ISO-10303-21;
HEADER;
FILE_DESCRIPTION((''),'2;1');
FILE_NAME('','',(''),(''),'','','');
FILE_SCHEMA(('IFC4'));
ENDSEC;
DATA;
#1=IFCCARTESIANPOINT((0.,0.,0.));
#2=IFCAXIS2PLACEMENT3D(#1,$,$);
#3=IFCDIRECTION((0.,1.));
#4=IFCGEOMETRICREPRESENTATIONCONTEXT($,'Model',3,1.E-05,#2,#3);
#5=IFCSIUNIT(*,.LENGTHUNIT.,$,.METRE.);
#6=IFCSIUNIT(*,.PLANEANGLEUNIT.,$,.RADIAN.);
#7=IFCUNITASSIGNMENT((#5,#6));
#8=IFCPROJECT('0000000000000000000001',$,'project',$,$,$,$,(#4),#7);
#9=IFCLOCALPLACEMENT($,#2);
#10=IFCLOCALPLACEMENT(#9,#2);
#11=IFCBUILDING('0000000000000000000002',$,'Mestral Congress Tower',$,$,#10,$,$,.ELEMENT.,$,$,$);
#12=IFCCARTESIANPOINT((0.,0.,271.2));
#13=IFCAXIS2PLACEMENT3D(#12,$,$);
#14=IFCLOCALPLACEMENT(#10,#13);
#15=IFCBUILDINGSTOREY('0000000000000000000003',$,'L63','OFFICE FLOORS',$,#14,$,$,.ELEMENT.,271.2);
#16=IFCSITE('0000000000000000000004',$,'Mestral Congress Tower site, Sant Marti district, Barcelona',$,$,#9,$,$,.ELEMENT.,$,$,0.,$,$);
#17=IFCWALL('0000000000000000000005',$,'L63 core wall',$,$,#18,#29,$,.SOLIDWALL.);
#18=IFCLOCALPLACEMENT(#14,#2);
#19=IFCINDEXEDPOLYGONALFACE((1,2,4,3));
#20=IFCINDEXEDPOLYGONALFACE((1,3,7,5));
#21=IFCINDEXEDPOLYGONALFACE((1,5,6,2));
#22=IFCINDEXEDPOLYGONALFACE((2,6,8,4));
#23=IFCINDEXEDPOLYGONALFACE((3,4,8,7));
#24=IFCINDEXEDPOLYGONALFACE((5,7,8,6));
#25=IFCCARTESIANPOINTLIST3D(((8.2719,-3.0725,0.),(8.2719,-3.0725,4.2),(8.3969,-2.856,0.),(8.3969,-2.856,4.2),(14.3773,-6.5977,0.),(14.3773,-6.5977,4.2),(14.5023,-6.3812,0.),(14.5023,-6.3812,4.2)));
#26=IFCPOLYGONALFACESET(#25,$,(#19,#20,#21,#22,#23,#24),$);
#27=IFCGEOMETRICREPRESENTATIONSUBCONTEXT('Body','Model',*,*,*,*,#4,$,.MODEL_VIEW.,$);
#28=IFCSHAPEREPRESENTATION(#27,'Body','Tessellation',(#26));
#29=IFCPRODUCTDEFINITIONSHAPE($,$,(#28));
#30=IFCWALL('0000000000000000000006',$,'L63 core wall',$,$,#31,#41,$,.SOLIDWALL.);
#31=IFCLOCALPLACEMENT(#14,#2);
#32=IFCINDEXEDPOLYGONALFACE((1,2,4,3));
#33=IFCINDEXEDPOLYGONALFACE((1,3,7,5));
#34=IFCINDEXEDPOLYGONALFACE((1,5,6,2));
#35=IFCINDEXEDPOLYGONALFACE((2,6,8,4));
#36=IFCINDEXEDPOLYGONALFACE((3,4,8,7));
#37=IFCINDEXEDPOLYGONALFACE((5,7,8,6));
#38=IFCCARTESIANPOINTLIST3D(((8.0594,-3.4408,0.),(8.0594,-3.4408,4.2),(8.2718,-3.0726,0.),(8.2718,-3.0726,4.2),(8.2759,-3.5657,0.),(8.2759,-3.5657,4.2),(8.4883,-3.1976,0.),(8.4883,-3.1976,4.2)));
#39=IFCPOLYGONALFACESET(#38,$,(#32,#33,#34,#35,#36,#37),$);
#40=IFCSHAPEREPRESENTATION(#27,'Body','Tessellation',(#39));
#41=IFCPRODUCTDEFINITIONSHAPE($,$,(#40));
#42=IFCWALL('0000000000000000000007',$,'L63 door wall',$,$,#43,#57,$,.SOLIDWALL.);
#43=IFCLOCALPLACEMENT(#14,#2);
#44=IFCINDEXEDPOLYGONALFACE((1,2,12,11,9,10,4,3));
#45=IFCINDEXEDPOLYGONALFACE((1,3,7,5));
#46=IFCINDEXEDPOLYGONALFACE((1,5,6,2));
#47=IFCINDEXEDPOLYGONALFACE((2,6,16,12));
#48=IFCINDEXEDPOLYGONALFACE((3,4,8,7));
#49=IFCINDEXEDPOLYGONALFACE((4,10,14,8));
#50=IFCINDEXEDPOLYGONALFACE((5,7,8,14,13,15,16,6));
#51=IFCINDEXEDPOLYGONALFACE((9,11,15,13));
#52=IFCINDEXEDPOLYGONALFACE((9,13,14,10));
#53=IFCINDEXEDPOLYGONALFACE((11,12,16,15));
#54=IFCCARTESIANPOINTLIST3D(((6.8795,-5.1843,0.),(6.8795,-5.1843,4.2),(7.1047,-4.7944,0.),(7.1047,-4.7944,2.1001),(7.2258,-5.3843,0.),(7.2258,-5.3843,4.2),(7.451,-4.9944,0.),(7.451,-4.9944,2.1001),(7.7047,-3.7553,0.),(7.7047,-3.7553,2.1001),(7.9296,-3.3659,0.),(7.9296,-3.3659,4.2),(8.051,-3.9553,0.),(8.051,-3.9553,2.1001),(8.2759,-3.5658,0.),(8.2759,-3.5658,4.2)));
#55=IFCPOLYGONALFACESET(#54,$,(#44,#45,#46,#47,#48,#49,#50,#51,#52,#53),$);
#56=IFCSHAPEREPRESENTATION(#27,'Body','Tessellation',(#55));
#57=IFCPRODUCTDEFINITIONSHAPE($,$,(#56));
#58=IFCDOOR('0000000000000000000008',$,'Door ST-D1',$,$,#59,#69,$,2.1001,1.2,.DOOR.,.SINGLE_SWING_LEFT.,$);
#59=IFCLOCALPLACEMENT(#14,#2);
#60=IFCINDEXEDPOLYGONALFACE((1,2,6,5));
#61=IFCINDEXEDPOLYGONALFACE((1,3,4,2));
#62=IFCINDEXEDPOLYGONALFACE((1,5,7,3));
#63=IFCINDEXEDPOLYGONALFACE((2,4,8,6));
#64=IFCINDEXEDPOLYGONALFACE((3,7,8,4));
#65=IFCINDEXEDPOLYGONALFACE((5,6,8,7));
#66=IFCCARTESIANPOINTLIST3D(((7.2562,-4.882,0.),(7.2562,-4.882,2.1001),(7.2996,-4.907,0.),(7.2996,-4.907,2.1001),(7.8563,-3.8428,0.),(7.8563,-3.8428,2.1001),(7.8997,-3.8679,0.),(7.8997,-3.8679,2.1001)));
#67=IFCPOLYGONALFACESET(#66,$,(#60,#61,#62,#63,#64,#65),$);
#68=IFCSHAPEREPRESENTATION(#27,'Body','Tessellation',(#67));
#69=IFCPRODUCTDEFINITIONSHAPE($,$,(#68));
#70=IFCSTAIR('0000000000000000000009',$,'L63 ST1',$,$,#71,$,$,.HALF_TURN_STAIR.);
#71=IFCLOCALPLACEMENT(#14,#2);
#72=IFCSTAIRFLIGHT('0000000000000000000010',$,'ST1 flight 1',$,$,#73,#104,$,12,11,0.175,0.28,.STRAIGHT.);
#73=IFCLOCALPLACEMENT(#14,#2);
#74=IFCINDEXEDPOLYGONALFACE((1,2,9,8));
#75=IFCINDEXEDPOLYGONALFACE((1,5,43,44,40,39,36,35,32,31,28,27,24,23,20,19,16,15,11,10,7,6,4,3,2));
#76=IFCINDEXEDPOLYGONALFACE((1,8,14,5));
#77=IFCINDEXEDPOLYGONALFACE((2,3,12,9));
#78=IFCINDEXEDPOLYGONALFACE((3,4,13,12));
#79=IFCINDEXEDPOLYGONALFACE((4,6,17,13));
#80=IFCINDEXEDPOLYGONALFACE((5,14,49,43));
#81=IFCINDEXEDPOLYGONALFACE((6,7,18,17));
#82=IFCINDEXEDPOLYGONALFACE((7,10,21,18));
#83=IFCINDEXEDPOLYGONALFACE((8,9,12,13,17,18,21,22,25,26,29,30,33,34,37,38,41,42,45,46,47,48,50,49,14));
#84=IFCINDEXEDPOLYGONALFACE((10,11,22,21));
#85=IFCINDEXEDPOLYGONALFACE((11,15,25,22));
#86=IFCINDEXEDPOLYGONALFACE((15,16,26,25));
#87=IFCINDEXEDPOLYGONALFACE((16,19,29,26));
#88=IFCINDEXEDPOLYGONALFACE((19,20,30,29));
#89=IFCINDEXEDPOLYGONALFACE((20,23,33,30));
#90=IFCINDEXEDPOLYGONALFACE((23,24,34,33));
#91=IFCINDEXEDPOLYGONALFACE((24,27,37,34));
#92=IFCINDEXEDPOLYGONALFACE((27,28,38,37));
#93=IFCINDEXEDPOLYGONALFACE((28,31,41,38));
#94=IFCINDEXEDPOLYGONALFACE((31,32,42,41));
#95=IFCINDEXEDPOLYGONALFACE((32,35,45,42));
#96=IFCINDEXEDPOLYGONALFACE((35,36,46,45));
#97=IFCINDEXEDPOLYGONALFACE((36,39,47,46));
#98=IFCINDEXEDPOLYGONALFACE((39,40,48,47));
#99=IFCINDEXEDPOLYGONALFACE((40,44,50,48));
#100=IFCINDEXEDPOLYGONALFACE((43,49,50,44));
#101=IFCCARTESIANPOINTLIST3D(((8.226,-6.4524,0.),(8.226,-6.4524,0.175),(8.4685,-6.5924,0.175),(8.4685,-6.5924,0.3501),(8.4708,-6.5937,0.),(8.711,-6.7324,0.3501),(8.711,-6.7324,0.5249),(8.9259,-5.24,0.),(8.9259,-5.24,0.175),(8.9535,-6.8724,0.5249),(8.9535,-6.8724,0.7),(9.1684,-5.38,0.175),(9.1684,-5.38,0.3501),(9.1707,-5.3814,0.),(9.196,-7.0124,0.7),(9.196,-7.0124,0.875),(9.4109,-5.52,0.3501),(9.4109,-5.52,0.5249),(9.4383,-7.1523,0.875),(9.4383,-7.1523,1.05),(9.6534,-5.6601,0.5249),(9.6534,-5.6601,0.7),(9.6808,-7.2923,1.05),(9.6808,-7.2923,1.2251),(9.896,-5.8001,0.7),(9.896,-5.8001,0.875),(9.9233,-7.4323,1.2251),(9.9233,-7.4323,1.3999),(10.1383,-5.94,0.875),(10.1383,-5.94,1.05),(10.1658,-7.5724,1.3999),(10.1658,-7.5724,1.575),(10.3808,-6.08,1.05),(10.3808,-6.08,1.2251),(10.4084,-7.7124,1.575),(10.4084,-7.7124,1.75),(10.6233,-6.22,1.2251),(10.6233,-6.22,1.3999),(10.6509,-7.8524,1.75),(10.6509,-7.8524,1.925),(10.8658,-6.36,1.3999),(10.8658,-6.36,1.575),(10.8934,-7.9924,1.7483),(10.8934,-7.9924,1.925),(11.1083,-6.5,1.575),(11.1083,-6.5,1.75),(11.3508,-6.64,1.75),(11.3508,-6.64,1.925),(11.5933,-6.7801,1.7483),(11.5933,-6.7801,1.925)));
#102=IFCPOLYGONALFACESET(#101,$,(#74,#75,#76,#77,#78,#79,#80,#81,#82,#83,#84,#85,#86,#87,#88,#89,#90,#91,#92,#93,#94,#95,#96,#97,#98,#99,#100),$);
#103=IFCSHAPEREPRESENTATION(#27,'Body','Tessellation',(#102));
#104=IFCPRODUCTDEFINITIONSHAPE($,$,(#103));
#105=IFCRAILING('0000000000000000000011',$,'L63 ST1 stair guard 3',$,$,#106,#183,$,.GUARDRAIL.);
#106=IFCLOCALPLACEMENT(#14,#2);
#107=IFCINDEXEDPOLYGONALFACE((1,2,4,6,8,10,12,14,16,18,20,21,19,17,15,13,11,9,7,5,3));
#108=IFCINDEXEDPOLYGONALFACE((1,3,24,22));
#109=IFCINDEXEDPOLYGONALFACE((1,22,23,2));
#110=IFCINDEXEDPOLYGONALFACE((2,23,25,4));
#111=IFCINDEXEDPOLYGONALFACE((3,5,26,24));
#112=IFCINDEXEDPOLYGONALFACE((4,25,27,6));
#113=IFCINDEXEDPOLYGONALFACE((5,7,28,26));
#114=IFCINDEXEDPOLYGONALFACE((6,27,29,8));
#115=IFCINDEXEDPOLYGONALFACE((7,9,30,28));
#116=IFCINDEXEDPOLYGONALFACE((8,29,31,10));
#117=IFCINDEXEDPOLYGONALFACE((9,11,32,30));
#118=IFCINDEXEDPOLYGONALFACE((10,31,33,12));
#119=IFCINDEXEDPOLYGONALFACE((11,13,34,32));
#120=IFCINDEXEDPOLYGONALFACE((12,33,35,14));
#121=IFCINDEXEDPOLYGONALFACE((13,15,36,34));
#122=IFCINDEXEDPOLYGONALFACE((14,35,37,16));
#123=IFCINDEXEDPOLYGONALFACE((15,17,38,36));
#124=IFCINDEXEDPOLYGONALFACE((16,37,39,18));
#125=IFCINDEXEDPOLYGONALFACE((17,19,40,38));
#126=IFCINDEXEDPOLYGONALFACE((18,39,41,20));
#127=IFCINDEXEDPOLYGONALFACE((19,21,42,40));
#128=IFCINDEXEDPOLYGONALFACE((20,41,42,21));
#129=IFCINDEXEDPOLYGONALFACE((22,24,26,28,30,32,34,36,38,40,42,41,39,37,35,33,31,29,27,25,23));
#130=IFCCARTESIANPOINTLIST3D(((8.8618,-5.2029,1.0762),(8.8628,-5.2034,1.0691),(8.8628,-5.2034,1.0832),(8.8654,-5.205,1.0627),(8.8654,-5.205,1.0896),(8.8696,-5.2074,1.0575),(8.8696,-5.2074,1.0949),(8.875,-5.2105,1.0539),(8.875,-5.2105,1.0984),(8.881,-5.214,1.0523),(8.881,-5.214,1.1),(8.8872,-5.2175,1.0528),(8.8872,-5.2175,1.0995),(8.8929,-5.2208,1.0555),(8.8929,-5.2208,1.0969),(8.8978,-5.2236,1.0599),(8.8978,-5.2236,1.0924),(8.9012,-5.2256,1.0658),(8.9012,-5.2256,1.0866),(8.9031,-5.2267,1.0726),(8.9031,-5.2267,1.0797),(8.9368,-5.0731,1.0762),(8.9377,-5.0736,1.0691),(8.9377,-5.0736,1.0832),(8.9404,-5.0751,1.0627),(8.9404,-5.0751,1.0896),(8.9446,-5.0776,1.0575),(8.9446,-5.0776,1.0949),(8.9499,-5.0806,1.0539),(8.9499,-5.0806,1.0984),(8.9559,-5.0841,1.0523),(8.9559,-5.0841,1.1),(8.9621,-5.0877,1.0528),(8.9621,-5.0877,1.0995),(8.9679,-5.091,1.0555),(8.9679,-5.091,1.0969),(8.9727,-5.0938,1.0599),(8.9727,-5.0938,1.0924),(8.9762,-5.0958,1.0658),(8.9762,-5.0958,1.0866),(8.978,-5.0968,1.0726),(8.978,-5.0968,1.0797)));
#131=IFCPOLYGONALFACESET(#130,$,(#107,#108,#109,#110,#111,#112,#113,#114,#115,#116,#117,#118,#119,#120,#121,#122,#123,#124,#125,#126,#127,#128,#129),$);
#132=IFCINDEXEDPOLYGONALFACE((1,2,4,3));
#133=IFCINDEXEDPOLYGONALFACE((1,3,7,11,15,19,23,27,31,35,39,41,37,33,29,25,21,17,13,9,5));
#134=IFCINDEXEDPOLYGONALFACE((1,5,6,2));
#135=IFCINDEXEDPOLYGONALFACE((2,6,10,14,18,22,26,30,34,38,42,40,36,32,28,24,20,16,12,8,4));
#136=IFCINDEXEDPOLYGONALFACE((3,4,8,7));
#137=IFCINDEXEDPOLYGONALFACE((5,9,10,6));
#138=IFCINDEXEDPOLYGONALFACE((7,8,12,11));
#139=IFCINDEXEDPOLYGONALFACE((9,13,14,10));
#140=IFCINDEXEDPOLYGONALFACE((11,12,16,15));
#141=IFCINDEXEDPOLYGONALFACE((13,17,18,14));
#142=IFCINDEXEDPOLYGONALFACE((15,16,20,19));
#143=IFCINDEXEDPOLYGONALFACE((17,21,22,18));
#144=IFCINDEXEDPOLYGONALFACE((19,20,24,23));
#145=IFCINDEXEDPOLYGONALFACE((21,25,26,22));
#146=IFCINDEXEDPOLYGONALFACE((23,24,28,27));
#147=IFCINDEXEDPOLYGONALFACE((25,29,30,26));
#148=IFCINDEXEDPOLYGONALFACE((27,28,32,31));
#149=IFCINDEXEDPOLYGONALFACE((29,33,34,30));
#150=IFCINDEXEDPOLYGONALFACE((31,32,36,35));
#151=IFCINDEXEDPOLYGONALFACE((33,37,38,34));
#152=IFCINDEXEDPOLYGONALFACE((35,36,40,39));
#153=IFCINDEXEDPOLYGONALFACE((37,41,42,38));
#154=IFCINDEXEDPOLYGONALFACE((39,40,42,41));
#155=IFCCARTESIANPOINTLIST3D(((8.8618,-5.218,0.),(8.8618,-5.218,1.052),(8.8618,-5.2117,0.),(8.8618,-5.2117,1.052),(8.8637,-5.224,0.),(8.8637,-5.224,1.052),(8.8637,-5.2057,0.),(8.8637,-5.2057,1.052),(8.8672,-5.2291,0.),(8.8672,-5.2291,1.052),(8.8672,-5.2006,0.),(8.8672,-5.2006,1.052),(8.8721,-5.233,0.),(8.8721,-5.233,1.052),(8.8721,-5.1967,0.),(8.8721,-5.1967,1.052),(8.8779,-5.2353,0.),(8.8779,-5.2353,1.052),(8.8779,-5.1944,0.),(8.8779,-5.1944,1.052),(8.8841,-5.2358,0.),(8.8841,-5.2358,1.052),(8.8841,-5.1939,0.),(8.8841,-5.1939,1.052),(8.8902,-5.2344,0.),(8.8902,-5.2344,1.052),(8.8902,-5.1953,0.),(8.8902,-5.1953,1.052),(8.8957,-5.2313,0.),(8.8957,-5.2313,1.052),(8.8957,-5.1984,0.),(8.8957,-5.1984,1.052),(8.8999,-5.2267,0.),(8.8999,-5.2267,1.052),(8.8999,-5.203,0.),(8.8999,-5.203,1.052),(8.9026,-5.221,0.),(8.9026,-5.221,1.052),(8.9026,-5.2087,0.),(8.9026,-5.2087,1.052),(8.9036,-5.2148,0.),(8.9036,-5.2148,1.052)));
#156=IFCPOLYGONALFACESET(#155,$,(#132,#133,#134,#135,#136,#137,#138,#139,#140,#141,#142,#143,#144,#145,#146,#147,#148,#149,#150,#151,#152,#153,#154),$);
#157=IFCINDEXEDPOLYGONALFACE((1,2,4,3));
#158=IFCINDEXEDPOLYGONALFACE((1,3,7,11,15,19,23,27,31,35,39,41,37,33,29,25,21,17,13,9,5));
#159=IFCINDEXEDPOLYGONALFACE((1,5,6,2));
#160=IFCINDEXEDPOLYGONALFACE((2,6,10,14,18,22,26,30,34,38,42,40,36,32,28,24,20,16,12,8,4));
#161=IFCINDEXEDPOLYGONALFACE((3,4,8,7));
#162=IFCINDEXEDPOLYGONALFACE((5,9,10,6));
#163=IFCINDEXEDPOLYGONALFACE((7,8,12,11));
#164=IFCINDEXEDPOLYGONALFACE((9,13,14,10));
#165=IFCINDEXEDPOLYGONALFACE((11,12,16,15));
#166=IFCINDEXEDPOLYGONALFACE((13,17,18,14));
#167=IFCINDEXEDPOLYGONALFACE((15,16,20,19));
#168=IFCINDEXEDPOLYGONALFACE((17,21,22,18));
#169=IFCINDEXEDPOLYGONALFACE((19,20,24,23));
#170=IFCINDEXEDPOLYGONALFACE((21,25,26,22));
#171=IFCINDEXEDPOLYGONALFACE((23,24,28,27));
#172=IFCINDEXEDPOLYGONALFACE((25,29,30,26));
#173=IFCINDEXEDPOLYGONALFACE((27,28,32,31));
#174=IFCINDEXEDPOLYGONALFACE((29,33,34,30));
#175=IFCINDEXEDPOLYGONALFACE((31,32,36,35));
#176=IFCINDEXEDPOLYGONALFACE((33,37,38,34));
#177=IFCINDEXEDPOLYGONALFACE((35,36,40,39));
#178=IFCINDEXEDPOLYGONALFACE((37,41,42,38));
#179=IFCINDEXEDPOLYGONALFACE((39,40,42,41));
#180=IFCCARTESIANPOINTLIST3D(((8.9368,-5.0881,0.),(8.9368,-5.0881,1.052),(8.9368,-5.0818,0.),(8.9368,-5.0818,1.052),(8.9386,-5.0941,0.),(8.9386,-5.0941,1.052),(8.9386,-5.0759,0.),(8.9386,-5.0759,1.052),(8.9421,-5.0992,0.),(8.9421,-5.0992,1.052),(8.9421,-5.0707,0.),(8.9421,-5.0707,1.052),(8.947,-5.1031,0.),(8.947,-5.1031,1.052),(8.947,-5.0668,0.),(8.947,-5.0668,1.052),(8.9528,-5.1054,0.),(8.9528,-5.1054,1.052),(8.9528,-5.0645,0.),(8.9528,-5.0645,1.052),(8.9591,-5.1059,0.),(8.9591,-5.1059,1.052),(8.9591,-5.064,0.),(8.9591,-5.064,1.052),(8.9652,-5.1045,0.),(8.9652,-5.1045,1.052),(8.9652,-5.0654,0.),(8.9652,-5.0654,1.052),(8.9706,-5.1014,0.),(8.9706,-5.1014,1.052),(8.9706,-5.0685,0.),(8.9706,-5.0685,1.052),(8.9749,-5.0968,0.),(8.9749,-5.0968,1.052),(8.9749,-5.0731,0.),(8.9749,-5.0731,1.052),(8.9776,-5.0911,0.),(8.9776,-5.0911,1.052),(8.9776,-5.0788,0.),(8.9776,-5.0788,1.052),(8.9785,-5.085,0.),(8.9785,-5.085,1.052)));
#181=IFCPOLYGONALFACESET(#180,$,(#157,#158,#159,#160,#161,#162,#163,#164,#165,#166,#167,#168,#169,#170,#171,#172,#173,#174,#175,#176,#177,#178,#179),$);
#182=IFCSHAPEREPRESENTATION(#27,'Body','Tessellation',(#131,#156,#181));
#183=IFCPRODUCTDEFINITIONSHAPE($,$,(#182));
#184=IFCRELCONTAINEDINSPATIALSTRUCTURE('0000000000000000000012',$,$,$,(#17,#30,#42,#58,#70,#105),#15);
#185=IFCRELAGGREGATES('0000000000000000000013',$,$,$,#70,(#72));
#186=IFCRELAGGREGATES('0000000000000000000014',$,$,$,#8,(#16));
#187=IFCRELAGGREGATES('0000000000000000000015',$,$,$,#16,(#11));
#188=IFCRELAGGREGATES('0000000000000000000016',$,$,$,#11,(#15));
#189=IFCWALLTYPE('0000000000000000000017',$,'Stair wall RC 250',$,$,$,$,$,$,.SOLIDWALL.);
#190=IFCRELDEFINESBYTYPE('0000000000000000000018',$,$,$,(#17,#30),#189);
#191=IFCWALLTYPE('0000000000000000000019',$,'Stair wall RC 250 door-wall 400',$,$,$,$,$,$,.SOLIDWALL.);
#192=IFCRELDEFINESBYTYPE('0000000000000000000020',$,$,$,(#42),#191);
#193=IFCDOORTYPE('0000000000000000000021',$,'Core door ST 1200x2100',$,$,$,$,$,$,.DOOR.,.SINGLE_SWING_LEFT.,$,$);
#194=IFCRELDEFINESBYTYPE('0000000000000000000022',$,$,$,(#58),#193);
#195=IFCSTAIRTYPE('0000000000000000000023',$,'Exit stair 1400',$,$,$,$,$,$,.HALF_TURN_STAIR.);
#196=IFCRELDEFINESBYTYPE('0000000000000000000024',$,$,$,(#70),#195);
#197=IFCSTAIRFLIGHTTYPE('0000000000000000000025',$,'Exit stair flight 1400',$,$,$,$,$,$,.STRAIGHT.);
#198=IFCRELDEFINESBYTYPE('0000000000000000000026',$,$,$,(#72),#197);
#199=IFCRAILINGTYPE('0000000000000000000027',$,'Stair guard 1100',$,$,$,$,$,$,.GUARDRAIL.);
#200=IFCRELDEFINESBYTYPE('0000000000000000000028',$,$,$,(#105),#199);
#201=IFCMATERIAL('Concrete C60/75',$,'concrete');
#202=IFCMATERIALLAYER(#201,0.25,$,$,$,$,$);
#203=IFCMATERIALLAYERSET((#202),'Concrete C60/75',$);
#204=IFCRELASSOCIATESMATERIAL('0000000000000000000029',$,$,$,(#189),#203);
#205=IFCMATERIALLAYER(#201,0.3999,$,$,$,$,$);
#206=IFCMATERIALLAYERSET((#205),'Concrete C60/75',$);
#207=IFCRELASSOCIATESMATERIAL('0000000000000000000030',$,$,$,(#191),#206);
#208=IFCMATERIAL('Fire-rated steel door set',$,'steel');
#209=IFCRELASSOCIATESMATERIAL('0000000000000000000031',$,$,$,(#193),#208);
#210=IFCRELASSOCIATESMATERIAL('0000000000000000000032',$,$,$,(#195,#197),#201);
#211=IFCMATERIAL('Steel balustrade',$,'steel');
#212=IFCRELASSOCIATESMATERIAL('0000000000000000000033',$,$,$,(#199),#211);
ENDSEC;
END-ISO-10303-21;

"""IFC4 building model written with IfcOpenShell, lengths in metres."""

from ifc_helpers import new_model, si_unit, direction, frame, frame_2d, origin, origin_2d, place, context, subcontext, project, spatial, polyline, rectangle, circle, outline, extrude, material, layer, layer_set, type_object, element, fill, aggregate, save


model = new_model("IFC4")

# Units and contexts
model_context = context("Model", 3, precision=1e-05, world=origin(), true_north=direction((0.0, 1.0)))
body_context = subcontext(model_context, "Body", "Model", "MODEL_VIEW")
ifc_project = project(units=[si_unit("LENGTHUNIT", "METRE"), si_unit("PLANEANGLEUNIT", "RADIAN")], contexts=[model_context])

# Site, building, storey
site_placement = place(None, origin())
site = spatial("IfcSite", under=ifc_project, at=site_placement, Name="Mestral Congress Tower site, Sant Marti district, Barcelona", CompositionType="ELEMENT", RefElevation=0.0)
building_placement = place(site_placement, origin())
building = spatial("IfcBuilding", under=site, at=building_placement, Name="Mestral Congress Tower", CompositionType="ELEMENT")
storey_placement = place(building_placement, frame((0.0, 0.0, 271.2)))
storey = spatial("IfcBuildingStorey", under=building, at=storey_placement, Name="L63", Description="OFFICE FLOORS", CompositionType="ELEMENT", Elevation=271.2)

# Shared definitions
ifc_material_1 = material(Name="Fire-rated steel door set", Category="steel")

# Shared definitions
ifc_material_2 = material(Name="Concrete C60/75", Category="concrete")

# Walls
ifc_layer_1 = layer(ifc_material_2, 0.25)
ifc_layer_set_1 = layer_set([ifc_layer_1], Name="Concrete C60/75")
wall_type_1 = type_object("IfcWallType", Name="Stair wall RC 250", PredefinedType="SOLIDWALL", material=ifc_layer_set_1)
wall_1_placement = place(storey_placement, frame((8.3345, -2.9644, 0.0), z_axis=(0.0, 0.0, 1.0), x_axis=(0.866016, -0.500016, 0.0)))
element("IfcWall", 1, at=wall_1_placement, inside=storey, type_object=wall_type_1, Name="L63 core wall", PredefinedType="SOLIDWALL", context=body_context, shape_type="SweptSolid", body=[
    extrude(rectangle(XDim=7.05, YDim=0.25, at=frame_2d((3.5249, 0.0))), origin(), (0.0, 0.0, 1.0), 4.2),
])
wall_2_placement = place(storey_placement, frame((8.1677, -3.5032, 0.0), z_axis=(0.0, 0.0, 1.0), x_axis=(0.499722, 0.866186, 0.0)))
element("IfcWall", 2, at=wall_2_placement, inside=storey, type_object=wall_type_1, Name="L63 core wall", PredefinedType="SOLIDWALL", context=body_context, shape_type="SweptSolid", body=[
    extrude(rectangle(XDim=0.425, YDim=0.25, at=frame_2d((0.2124, 0.0))), origin(), (0.0, 0.0, 1.0), 4.2),
])

# Wall, opening, door
ifc_layer_2 = layer(ifc_material_2, 0.3999)
ifc_layer_set_2 = layer_set([ifc_layer_2], Name="Concrete C60/75")
wall_type_2 = type_object("IfcWallType", Name="Stair wall RC 250 door-wall 400", PredefinedType="SOLIDWALL", material=ifc_layer_set_2)
wall_3_placement = place(storey_placement, frame((7.0527, -5.2842, 0.0), z_axis=(0.0, 0.0, 1.0), x_axis=(0.500078, 0.86598, 0.0)))
wall_3 = element("IfcWall", 3, at=wall_3_placement, inside=storey, type_object=wall_type_2, Name="L63 door wall", PredefinedType="SOLIDWALL", context=body_context, shape_type="SweptSolid", body=[
    extrude(rectangle(XDim=2.0999, YDim=0.3999, at=frame_2d((1.0498, 0.0))), origin(), (0.0, 0.0, 1.0), 4.2),
])
opening_1_placement = place(wall_3_placement, frame((0.45, 0.0, 0.0)))
opening_1 = element("IfcOpeningElement", 4, at=opening_1_placement, cuts=wall_3, PredefinedType="OPENING", context=body_context, shape_type="SweptSolid", body=[
    extrude(rectangle(XDim=1.2, YDim=2.1001, at=frame_2d((0.6001, 1.05))), frame((0.0, 0.21, 0.0), z_axis=(0.0, -1.0, 0.0), x_axis=(1.0, 0.0, 0.0)), (0.0, 0.0, 1.0), 0.4199),
])
door_type_1 = type_object("IfcDoorType", Name="Core door ST 1200x2100", OperationType="SINGLE_SWING_LEFT", PredefinedType="DOOR", material=ifc_material_1)
door_1_placement = place(opening_1_placement, origin())
door_1 = element("IfcDoor", 5, at=door_1_placement, inside=storey, type_object=door_type_1, Name="Door ST-D1", OperationType="SINGLE_SWING_LEFT", OverallHeight=2.1001, OverallWidth=1.2, PredefinedType="DOOR", context=body_context, shape_type="SweptSolid", body=[
    extrude(rectangle(XDim=1.2, YDim=2.1001, at=frame_2d((0.6001, 1.05))), frame((0.0, 0.0249, 0.0), z_axis=(0.0, -1.0, 0.0), x_axis=(1.0, 0.0, 0.0)), (0.0, 0.0, 1.0), 0.05),
])
fill(opening_1, door_1)

# Stair, stair flight
stair_type = type_object("IfcStairType", Name="Exit stair 1400", PredefinedType="HALF_TURN_STAIR", material=ifc_material_2)
stair_placement = place(storey_placement, origin())
stair = element("IfcStair", 6, at=stair_placement, inside=storey, type_object=stair_type, Name="L63 ST1", PredefinedType="HALF_TURN_STAIR")
stair_flight_type = type_object("IfcStairFlightType", Name="Exit stair flight 1400", PredefinedType="STRAIGHT", material=ifc_material_2)
stair_flight_placement = place(storey_placement, frame((8.5759, -5.8462, 0.0), z_axis=(0.0, 0.0, 1.0), x_axis=(0.866025, -0.5, 0.0)))
stair_flight = element("IfcStairFlight", 7, at=stair_flight_placement, type_object=stair_flight_type, Name="ST1 flight 1", NumberOfRisers=12, NumberOfTreads=11, PredefinedType="STRAIGHT", RiserHeight=0.175, TreadLength=0.28, context=body_context, shape_type="SweptSolid", body=[
    extrude(outline(polyline([(0.0, 0.0), (0.0, 0.175), (0.28, 0.175), (0.28, 0.3501), (0.5601, 0.3501), (0.5601, 0.5249), (0.8401, 0.5249), (0.8401, 0.7), (1.1201, 0.7), (1.1201, 0.875), (1.3999, 0.875), (1.3999, 1.05), (1.6799, 1.05), (1.6799, 1.2251), (1.96, 1.2251), (1.96, 1.3999), (2.24, 1.3999), (2.24, 1.575), (2.52, 1.575), (2.52, 1.75), (2.8, 1.75), (2.8, 1.925), (3.0801, 1.925), (3.0801, 2.1001), (3.0801, 1.7483), (0.2827, 0.0), (0.0, 0.0)])), frame((0.0, 0.7, 0.0), z_axis=(0.0, -1.0, 0.0), x_axis=(1.0, 0.0, 0.0)), (0.0, 0.0, 1.0), 1.3999),
])
aggregate(stair, [stair_flight])

# Railing
ifc_material_3 = material(Name="Steel balustrade", Category="steel")
railing_type_1 = type_object("IfcRailingType", Name="Stair guard 1100", PredefinedType="GUARDRAIL", material=ifc_material_3)
railing_1_placement = place(storey_placement, frame((8.8826, -5.2148, 0.0)))
element("IfcRailing", 8, at=railing_1_placement, inside=storey, type_object=railing_type_1, Name="L63 ST1 stair guard 3", PredefinedType="GUARDRAIL", context=body_context, shape_type="SweptSolid", body=[
    extrude(circle(Radius=0.0239, at=origin_2d()), frame((0.0, 0.0, 1.0762), z_axis=(0.499816, 0.866131, 0.0), x_axis=(-0.866131, 0.499816, 0.0)), (0.0, 0.0, 1.0), 0.1499),
    extrude(circle(Radius=0.021, at=origin_2d()), origin(), (0.0, 0.0, 1.0), 1.052),
    extrude(circle(Radius=0.021, at=origin_2d()), frame((0.075, 0.1299, 0.0)), (0.0, 0.0, 1.0), 1.052),
])

save(model, "model.ifc")
